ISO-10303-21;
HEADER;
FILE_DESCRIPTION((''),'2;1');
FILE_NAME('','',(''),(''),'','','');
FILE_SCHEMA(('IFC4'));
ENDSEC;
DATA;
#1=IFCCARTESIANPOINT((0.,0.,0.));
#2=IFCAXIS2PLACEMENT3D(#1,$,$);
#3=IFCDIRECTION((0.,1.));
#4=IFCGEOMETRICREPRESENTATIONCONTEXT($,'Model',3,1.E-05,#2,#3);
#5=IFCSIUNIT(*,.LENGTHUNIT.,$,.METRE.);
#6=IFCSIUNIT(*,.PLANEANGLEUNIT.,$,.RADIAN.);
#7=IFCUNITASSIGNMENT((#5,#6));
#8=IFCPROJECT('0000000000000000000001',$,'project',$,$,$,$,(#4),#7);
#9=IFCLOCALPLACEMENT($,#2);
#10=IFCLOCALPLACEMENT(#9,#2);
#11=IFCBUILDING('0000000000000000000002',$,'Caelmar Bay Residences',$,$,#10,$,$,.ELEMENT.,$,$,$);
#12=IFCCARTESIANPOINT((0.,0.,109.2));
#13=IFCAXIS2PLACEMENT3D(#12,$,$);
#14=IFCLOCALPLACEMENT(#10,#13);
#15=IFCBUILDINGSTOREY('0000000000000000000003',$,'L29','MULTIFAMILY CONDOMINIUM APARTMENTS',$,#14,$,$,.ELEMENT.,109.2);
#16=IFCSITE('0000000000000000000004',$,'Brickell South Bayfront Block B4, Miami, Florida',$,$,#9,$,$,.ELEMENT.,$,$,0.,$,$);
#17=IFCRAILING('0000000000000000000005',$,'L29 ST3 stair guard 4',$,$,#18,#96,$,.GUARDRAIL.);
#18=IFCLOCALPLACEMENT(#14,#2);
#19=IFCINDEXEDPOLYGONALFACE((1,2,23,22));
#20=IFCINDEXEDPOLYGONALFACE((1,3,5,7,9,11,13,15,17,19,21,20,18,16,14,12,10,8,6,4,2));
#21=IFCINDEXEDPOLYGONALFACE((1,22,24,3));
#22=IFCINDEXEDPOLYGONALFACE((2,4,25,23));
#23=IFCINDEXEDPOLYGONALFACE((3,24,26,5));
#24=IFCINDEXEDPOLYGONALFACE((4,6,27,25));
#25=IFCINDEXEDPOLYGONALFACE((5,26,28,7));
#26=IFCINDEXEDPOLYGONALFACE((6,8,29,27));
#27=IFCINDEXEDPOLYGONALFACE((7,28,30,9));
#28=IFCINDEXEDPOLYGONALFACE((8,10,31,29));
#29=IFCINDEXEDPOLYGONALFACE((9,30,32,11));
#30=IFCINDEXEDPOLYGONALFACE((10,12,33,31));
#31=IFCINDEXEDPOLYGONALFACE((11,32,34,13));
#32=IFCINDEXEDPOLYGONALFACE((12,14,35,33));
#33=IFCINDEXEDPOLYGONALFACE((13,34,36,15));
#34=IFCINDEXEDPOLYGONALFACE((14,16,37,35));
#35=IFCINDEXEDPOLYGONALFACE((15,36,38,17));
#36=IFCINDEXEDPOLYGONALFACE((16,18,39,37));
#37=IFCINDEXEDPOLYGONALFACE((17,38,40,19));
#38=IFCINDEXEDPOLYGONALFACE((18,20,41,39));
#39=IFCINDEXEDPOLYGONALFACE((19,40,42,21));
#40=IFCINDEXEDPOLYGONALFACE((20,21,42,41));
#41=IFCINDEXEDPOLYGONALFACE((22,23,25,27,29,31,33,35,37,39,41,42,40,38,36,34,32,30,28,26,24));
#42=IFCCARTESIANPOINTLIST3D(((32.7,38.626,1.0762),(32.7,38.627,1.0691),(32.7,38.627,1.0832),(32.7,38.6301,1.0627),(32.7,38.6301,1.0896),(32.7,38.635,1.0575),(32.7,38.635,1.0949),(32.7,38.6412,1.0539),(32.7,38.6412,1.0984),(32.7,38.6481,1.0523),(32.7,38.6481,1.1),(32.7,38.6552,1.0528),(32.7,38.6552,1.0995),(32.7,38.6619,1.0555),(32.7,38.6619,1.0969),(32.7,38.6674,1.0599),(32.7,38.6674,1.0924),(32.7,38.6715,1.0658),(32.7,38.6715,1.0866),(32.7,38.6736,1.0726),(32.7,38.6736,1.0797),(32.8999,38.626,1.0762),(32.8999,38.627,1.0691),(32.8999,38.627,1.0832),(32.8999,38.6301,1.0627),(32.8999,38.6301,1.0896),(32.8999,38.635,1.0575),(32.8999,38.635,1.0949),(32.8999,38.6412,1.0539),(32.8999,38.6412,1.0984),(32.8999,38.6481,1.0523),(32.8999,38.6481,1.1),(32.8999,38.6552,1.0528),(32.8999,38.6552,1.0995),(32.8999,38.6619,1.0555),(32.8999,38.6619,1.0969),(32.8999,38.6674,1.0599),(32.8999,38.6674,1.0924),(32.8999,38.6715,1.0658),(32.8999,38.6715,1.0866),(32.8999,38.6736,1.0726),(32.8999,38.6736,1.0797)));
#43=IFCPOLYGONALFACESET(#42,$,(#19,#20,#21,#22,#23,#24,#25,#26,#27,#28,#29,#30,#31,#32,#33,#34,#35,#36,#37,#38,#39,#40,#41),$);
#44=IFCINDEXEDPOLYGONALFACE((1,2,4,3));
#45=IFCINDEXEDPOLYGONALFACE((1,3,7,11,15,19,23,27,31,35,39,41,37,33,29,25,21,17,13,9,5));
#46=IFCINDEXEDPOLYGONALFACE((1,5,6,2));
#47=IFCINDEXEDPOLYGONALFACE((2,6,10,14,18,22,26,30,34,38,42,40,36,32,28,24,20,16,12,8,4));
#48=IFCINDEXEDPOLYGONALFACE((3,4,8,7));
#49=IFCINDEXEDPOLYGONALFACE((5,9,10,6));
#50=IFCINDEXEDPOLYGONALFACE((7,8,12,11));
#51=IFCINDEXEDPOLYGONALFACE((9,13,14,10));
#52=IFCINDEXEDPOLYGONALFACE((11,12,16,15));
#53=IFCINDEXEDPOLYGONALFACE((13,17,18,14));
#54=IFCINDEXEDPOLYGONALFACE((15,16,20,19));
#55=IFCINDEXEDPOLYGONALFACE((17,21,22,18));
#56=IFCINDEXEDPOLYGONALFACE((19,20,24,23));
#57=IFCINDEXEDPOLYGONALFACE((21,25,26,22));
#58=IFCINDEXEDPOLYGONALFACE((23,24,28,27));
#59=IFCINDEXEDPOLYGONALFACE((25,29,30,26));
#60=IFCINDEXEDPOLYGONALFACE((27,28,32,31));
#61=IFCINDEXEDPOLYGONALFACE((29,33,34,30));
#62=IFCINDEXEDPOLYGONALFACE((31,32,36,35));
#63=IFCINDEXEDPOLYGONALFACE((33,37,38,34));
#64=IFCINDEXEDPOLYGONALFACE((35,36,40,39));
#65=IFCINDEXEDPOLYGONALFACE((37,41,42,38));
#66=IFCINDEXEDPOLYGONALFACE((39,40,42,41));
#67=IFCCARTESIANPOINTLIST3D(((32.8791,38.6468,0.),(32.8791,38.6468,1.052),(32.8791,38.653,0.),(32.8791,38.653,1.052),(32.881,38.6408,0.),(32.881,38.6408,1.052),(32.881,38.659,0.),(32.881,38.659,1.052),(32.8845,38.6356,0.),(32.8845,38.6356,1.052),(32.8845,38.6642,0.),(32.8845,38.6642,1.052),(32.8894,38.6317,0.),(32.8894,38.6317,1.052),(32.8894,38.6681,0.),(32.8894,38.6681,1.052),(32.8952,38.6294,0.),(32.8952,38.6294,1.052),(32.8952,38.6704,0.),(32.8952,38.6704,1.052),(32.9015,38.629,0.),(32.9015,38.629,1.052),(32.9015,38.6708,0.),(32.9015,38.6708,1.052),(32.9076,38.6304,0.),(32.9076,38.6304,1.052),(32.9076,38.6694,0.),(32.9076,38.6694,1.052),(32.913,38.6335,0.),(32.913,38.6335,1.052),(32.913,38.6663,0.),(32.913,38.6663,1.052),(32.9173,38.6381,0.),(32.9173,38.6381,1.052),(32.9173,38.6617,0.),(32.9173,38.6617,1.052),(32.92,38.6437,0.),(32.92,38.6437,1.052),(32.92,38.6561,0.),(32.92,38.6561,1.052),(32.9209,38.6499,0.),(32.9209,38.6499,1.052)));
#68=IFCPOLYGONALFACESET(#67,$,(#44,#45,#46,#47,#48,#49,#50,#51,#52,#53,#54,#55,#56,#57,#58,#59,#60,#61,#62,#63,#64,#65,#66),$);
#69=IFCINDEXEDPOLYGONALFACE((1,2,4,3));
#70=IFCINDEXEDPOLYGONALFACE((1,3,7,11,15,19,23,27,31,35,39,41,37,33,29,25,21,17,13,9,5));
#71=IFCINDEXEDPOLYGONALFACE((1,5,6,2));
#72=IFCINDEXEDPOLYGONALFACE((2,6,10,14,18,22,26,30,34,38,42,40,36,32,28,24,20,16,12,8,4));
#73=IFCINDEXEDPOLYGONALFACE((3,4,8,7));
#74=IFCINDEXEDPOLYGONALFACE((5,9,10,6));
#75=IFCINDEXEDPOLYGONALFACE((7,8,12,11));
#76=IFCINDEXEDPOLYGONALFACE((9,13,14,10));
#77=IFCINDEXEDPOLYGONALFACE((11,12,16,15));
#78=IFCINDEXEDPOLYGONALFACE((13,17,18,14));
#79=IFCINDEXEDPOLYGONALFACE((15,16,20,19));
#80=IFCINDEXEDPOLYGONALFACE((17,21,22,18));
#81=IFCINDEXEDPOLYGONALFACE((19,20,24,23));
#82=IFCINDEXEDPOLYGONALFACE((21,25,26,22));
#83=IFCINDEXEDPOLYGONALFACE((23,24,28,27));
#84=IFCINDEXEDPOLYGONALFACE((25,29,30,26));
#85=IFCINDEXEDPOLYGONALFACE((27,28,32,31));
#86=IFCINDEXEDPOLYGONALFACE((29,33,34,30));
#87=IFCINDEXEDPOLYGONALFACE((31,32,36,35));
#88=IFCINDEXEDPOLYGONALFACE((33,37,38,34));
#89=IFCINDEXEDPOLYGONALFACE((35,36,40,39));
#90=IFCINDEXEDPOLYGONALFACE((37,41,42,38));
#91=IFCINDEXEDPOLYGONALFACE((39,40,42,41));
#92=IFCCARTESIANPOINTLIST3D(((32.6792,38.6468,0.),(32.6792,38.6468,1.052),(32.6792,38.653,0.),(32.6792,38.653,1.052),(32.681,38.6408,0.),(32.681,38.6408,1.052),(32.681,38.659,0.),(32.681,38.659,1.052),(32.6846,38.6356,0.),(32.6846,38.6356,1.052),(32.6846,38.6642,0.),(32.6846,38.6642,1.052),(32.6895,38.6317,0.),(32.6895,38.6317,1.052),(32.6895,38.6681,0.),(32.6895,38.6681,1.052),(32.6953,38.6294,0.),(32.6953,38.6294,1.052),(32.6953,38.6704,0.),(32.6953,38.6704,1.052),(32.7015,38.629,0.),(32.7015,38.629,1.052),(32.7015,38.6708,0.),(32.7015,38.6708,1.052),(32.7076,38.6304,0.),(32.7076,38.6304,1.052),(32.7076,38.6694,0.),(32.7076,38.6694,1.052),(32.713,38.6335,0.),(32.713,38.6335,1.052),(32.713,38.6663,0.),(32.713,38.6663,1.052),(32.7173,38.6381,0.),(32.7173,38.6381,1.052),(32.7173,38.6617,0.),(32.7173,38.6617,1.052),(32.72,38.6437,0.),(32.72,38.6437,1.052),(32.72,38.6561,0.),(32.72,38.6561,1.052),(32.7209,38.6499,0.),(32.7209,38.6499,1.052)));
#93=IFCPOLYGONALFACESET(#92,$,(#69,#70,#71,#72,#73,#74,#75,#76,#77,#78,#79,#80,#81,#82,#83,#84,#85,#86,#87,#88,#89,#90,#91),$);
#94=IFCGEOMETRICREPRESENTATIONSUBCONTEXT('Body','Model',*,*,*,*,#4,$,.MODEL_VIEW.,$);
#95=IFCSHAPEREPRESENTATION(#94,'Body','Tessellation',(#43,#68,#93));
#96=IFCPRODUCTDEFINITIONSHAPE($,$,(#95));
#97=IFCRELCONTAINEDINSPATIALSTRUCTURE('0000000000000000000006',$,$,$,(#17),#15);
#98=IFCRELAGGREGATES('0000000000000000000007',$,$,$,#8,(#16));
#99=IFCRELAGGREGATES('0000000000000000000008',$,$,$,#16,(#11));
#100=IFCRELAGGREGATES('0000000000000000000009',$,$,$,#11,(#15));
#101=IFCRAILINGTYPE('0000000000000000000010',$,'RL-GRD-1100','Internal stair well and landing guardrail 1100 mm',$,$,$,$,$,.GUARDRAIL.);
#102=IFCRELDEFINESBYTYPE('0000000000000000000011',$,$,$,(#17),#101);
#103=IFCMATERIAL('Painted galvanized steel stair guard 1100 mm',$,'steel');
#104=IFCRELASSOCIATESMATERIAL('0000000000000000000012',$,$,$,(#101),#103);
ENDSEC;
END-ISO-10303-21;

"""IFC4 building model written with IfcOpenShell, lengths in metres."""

from ifc_helpers import new_model, si_unit, direction, frame, origin, origin_2d, place, context, subcontext, project, spatial, circle, extrude, material, type_object, element, save


model = new_model("IFC4")

# Units and contexts
model_context = context("Model", 3, precision=1e-05, world=origin(), true_north=direction((0.0, 1.0)))
body_context = subcontext(model_context, "Body", "Model", "MODEL_VIEW")
ifc_project = project(units=[si_unit("LENGTHUNIT", "METRE"), si_unit("PLANEANGLEUNIT", "RADIAN")], contexts=[model_context])

# Site, building, storey
site_placement = place(None, origin())
site = spatial("IfcSite", under=ifc_project, at=site_placement, Name="Brickell South Bayfront Block B4, Miami, Florida", CompositionType="ELEMENT", RefElevation=0.0)
building_placement = place(site_placement, origin())
building = spatial("IfcBuilding", under=site, at=building_placement, Name="Caelmar Bay Residences", CompositionType="ELEMENT")
storey_placement = place(building_placement, frame((0.0, 0.0, 109.2)))
storey = spatial("IfcBuildingStorey", under=building, at=storey_placement, Name="L29", Description="MULTIFAMILY CONDOMINIUM APARTMENTS", CompositionType="ELEMENT", Elevation=109.2)

# Railing
ifc_material_1 = material(Name="Painted galvanized steel stair guard 1100 mm", Category="steel")
railing_type_1 = type_object("IfcRailingType", Name="RL-GRD-1100", Description="Internal stair well and landing guardrail 1100 mm", PredefinedType="GUARDRAIL", material=ifc_material_1)
railing_1_placement = place(storey_placement, frame((32.8999, 38.6499, 0.0)))
element("IfcRailing", 1, at=railing_1_placement, inside=storey, type_object=railing_type_1, Name="L29 ST3 stair guard 4", PredefinedType="GUARDRAIL", context=body_context, shape_type="SweptSolid", body=[
    extrude(circle(Radius=0.0239, at=origin_2d()), frame((0.0, 0.0, 1.0762), z_axis=(-1.0, 0.0, 0.0), x_axis=(0.0, -1.0, 0.0)), (0.0, 0.0, 1.0), 0.2),
    extrude(circle(Radius=0.021, at=origin_2d()), origin(), (0.0, 0.0, 1.0), 1.052),
    extrude(circle(Radius=0.021, at=origin_2d()), frame((-0.2, 0.0, 0.0)), (0.0, 0.0, 1.0), 1.052),
])

save(model, "model.ifc")
